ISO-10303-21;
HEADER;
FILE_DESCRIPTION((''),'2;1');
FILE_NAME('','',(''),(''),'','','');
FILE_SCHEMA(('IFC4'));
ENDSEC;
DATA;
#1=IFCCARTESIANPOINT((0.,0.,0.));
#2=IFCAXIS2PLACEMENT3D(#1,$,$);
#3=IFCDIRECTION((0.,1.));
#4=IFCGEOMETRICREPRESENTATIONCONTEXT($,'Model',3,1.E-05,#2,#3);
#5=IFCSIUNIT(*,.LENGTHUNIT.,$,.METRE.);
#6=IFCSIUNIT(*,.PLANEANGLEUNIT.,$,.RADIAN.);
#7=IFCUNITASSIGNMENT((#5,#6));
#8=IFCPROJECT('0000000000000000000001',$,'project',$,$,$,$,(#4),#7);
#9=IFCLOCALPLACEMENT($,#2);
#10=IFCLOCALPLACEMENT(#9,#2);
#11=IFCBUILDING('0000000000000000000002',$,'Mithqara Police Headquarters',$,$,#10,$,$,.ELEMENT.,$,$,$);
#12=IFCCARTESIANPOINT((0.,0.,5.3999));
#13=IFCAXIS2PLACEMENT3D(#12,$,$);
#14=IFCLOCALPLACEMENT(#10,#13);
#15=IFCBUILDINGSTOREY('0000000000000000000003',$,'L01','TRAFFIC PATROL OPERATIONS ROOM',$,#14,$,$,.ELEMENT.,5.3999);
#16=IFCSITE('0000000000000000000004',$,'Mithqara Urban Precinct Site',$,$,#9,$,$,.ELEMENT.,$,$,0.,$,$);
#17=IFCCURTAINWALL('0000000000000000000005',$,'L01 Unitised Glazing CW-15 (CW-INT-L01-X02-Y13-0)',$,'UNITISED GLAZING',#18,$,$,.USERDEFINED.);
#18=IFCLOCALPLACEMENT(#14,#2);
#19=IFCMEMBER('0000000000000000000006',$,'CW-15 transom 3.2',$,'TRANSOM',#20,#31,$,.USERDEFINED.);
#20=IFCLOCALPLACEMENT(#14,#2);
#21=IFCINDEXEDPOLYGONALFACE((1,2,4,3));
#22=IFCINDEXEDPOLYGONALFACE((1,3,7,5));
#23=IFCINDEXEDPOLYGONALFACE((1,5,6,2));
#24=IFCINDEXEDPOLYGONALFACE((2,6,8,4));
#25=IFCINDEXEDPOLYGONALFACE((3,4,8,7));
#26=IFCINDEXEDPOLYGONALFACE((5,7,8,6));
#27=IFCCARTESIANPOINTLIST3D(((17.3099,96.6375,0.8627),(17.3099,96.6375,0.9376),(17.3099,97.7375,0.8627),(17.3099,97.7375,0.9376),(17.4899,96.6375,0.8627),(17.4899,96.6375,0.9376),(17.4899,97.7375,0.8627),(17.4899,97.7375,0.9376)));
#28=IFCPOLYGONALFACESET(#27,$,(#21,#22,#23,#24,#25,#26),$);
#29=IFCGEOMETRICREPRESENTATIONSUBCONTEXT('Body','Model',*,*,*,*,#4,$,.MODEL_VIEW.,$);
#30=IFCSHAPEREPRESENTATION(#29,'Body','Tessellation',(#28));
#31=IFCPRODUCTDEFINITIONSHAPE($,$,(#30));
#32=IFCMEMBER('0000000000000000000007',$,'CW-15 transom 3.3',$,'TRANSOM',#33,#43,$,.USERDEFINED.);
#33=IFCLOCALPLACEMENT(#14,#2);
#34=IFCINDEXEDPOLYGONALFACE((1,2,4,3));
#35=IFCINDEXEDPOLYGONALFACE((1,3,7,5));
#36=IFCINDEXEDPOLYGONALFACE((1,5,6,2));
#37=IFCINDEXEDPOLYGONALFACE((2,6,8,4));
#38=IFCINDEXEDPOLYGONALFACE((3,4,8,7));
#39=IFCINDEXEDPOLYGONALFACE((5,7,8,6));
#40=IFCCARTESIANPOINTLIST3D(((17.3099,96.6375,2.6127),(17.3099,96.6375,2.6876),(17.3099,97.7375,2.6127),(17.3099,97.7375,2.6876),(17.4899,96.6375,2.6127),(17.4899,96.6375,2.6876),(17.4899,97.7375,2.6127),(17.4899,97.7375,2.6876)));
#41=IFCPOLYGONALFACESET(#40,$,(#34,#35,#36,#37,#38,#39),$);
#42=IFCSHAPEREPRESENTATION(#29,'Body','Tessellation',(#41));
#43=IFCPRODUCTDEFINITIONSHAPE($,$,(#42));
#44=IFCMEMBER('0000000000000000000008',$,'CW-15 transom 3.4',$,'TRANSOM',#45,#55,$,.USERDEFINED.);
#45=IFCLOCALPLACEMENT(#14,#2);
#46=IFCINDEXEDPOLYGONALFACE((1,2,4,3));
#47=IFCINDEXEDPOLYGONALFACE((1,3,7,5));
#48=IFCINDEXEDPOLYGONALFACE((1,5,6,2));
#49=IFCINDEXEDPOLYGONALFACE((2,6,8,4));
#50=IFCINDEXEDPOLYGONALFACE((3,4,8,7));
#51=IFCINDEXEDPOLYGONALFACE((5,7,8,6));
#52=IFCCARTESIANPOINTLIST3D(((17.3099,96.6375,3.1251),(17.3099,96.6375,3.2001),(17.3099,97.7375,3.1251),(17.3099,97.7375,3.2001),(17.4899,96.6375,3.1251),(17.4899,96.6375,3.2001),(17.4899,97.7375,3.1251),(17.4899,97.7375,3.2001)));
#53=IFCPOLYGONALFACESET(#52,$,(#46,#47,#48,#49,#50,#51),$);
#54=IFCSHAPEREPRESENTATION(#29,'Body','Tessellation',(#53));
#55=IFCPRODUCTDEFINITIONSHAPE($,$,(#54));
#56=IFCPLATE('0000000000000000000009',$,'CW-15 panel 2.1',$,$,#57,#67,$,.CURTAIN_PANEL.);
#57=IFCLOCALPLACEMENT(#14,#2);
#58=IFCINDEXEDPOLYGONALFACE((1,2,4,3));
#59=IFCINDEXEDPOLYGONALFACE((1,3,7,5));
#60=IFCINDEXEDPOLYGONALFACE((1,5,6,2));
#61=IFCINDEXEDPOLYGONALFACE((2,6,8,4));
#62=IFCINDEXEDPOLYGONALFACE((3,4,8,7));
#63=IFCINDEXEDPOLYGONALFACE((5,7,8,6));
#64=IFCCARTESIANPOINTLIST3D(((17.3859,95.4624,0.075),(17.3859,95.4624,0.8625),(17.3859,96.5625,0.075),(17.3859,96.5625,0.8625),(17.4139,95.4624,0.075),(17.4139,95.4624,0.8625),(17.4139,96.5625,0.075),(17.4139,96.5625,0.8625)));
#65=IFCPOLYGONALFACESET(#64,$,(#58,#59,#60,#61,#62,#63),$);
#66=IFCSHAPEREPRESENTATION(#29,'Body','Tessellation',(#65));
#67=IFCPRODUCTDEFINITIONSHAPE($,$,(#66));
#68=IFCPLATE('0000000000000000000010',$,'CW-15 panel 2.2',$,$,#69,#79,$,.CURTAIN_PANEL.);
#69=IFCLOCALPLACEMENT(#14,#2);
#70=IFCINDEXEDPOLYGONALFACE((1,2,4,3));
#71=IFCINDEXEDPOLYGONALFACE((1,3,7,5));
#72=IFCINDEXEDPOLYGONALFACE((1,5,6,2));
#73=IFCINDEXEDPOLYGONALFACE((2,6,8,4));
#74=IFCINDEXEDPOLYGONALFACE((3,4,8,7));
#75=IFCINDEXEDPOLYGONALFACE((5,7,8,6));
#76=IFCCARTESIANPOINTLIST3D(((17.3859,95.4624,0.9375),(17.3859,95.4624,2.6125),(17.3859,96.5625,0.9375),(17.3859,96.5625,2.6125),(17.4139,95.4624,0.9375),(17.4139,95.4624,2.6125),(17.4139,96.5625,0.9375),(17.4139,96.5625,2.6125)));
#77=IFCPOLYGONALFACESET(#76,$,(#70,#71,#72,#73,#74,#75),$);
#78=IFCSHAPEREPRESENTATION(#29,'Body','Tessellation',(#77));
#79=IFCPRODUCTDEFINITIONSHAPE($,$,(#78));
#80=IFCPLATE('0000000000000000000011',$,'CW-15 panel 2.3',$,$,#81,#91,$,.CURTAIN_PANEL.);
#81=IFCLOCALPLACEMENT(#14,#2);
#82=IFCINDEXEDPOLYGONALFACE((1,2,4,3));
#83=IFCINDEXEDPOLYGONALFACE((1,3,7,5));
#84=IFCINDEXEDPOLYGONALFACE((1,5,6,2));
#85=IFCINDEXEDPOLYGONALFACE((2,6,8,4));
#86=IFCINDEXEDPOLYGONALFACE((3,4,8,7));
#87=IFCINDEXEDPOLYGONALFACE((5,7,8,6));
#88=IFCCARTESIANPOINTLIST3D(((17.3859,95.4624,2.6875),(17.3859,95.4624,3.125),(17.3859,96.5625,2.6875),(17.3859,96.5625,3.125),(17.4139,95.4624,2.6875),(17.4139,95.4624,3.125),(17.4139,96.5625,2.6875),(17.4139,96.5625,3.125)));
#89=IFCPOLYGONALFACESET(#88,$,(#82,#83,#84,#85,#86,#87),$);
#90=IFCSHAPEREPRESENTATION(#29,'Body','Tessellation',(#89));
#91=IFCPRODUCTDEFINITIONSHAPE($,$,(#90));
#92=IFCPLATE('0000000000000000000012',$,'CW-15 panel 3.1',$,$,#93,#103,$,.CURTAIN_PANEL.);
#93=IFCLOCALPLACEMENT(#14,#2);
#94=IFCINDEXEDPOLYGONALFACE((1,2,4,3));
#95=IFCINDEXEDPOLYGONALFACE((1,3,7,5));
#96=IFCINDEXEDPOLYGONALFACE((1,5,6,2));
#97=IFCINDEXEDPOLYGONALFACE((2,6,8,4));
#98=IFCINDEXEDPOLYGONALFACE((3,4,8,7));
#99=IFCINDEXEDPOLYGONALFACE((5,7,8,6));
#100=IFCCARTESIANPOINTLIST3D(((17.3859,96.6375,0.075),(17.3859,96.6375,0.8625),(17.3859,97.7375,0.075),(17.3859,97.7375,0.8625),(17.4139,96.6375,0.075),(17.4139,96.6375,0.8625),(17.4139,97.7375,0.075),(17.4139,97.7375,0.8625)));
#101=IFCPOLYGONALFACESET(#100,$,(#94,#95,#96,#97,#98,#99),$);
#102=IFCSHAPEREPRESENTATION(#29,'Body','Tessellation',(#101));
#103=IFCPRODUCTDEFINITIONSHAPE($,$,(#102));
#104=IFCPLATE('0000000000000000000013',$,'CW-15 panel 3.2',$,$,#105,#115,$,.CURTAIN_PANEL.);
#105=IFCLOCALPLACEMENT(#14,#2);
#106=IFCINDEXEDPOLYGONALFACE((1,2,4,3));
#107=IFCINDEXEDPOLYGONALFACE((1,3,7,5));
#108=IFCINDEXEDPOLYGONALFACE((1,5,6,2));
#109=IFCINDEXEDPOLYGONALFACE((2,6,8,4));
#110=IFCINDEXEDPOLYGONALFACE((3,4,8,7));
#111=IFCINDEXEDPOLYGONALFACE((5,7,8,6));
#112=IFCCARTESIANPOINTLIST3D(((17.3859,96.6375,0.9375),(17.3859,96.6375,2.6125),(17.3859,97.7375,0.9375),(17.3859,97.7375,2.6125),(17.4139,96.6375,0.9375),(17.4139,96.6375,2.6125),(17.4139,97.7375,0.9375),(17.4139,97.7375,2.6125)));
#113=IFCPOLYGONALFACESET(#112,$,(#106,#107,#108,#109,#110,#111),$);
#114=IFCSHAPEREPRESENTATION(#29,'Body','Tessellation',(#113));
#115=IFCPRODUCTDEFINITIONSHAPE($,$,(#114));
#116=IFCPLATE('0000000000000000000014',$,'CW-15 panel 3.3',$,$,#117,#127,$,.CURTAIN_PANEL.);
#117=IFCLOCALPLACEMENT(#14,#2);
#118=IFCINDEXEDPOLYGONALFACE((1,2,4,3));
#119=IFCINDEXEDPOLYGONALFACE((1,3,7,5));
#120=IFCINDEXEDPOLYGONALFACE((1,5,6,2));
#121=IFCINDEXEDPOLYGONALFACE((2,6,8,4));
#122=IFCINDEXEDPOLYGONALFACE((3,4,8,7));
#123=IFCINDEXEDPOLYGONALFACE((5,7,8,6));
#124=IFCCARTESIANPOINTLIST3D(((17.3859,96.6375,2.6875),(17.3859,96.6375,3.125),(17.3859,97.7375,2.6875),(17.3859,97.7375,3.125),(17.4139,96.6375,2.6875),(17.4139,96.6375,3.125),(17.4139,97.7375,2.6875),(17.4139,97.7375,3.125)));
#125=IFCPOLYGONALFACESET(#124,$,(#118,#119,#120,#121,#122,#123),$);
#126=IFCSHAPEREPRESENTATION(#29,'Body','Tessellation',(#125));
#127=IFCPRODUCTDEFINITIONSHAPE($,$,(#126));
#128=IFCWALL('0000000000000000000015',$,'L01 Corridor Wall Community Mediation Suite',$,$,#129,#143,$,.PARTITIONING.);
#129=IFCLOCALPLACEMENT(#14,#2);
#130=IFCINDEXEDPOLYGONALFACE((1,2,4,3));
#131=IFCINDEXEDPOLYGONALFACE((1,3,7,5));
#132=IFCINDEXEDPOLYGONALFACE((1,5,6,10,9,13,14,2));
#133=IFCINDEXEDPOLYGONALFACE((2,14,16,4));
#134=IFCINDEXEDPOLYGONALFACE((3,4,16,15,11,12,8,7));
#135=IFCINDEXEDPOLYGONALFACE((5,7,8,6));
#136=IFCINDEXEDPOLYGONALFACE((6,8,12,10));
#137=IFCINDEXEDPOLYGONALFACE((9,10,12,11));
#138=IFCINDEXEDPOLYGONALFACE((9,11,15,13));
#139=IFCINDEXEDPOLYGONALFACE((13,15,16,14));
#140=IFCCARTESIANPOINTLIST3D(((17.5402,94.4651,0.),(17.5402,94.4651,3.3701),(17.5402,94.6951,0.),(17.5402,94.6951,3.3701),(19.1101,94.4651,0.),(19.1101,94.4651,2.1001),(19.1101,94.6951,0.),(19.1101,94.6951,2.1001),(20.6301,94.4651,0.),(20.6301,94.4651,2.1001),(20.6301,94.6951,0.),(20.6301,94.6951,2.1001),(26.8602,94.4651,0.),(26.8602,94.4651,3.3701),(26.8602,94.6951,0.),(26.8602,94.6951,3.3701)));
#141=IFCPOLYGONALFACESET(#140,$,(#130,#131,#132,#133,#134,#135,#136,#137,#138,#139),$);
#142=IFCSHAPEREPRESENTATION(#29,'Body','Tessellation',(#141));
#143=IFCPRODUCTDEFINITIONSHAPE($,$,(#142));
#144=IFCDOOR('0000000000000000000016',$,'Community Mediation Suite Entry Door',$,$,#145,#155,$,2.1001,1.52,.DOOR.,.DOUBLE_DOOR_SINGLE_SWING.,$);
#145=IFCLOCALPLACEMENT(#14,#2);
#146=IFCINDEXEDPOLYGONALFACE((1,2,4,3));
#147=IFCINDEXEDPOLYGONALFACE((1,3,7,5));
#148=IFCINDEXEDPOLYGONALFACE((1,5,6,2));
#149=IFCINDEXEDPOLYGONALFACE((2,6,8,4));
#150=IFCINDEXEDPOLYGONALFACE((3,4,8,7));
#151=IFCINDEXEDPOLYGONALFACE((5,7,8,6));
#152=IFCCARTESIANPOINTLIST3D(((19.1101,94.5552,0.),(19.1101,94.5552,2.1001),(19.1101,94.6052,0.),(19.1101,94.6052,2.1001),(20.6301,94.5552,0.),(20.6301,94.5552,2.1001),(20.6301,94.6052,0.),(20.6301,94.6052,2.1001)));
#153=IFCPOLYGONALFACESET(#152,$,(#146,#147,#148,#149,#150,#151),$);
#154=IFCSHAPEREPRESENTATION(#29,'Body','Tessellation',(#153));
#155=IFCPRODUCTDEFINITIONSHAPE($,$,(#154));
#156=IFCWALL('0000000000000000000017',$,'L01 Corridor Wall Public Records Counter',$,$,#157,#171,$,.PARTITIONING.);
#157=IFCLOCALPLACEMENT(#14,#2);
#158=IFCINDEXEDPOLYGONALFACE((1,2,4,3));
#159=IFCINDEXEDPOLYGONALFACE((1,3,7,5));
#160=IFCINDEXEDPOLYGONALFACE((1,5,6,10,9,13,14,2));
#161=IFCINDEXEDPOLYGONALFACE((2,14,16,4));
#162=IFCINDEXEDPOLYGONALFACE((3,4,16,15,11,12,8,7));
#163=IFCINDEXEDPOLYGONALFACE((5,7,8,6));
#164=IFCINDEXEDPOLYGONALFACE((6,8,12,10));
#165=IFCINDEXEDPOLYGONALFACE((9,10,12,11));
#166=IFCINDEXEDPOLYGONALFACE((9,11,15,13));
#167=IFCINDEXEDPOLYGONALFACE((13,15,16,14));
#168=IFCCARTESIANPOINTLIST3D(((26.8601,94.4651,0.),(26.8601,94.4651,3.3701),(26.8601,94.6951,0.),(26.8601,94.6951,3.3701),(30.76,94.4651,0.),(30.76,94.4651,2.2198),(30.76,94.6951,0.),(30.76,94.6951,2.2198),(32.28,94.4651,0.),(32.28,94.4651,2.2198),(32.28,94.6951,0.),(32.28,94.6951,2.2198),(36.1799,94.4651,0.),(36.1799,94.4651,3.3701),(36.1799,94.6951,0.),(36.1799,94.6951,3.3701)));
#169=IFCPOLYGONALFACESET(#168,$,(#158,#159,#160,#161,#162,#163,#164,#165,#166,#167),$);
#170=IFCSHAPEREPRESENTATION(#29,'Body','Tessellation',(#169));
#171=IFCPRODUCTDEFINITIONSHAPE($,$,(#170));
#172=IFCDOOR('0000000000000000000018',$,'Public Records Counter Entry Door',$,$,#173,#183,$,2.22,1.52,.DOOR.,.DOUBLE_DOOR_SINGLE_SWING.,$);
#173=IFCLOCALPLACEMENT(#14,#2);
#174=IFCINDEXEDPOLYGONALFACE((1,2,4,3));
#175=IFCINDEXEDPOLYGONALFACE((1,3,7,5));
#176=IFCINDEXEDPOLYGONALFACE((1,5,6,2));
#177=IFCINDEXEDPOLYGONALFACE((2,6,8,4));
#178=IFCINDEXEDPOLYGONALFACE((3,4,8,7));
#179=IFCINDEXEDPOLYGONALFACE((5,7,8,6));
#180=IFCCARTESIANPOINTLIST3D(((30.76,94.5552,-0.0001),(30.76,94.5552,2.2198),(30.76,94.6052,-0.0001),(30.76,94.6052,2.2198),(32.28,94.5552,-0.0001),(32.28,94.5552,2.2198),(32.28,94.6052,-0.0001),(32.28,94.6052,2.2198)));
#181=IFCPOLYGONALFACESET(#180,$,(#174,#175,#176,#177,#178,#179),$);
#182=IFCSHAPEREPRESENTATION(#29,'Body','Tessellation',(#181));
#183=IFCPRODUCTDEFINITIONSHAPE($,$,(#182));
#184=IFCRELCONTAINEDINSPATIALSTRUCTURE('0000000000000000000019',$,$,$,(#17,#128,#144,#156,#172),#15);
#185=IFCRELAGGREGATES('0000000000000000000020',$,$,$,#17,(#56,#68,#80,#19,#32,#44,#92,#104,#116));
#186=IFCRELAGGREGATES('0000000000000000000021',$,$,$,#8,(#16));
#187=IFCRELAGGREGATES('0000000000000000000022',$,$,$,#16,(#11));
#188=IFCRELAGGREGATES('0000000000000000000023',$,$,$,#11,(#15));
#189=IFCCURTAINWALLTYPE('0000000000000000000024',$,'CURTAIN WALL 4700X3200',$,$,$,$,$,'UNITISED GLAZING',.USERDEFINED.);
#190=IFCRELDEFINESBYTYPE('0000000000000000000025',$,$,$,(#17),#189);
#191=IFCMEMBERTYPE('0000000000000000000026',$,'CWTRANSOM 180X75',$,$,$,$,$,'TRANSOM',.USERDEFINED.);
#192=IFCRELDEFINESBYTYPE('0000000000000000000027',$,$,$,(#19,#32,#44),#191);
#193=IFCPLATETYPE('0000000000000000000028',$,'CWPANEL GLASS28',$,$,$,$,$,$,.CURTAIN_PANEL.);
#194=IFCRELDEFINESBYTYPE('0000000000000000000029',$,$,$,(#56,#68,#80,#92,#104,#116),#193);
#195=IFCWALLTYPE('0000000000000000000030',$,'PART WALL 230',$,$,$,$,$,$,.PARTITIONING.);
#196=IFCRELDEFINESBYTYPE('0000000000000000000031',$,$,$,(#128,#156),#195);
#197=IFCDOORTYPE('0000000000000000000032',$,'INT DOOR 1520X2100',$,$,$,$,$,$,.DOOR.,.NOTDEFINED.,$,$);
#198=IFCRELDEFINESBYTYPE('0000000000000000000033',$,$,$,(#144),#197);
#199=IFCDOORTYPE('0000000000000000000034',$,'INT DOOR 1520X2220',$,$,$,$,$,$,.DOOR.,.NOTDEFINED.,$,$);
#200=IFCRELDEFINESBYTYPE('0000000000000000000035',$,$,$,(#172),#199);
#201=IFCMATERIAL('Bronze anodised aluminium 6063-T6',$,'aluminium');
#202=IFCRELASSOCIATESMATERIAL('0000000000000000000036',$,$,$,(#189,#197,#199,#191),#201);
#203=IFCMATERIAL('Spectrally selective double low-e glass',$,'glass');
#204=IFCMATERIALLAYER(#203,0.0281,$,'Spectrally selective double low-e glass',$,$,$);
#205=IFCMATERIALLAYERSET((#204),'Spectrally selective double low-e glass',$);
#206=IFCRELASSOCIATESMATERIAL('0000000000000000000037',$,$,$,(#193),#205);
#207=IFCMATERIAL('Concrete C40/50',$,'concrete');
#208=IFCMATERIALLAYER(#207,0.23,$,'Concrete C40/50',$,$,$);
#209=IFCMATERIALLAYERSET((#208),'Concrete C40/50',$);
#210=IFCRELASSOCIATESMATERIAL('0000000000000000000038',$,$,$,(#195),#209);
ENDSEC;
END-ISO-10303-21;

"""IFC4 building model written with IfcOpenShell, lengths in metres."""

from ifc_helpers import new_model, si_unit, direction, frame, frame_2d, origin, origin_2d, place, context, subcontext, project, spatial, rectangle, extrude, material, layer, layer_set, material_profile, profile_set, type_object, element, fill, aggregate, save


model = new_model("IFC4")

# Units and contexts
model_context = context("Model", 3, precision=1e-05, world=origin(), true_north=direction((0.0, 1.0)))
body_context = subcontext(model_context, "Body", "Model", "MODEL_VIEW")
ifc_project = project(units=[si_unit("LENGTHUNIT", "METRE"), si_unit("PLANEANGLEUNIT", "RADIAN")], contexts=[model_context])

# Site, building, storey
site_placement = place(None, origin())
site = spatial("IfcSite", under=ifc_project, at=site_placement, Name="Mithqara Urban Precinct Site", CompositionType="ELEMENT", RefElevation=0.0)
building_placement = place(site_placement, origin())
building = spatial("IfcBuilding", under=site, at=building_placement, Name="Mithqara Police Headquarters", CompositionType="ELEMENT")
storey_placement = place(building_placement, frame((0.0, 0.0, 5.3999)))
storey = spatial("IfcBuildingStorey", under=building, at=storey_placement, Name="L01", Description="TRAFFIC PATROL OPERATIONS ROOM", CompositionType="ELEMENT", Elevation=5.3999)

# Curtain wall, members, plates
ifc_material_1 = material(Name="Bronze anodised aluminium 6063-T6", Category="aluminium")
curtain_wall_type = type_object("IfcCurtainWallType", Name="CURTAIN WALL 4700X3200", ElementType="UNITISED GLAZING", PredefinedType="USERDEFINED", material=ifc_material_1)
curtain_wall_placement = place(storey_placement, origin())
curtain_wall = element("IfcCurtainWall", 1, at=curtain_wall_placement, inside=storey, type_object=curtain_wall_type, Name="L01 Unitised Glazing CW-15 (CW-INT-L01-X02-Y13-0)", ObjectType="UNITISED GLAZING", PredefinedType="USERDEFINED")
ifc_material_profile_1 = material_profile(ifc_material_1, rectangle(XDim=0.1799, YDim=0.075, at=origin_2d()), Name="CWT 180x75")
ifc_profile_set_1 = profile_set([ifc_material_profile_1], Name="Bronze anodised aluminium 6063-T6")
member_type_1 = type_object("IfcMemberType", Name="CWTRANSOM 180X75", ElementType="TRANSOM", PredefinedType="USERDEFINED", material=ifc_profile_set_1)
member_1_placement = place(storey_placement, frame((17.3999, 96.6375, 0.9001), z_axis=(0.0, 1.0, 0.0), x_axis=(-1.0, 0.0, 0.0)))
member_1 = element("IfcMember", 2, at=member_1_placement, type_object=member_type_1, Name="CW-15 transom 3.2", ObjectType="TRANSOM", PredefinedType="USERDEFINED", context=body_context, shape_type="SweptSolid", body=[
    extrude(rectangle(XDim=0.1799, YDim=0.075, at=origin_2d()), origin(), (0.0, 0.0, 1.0), 1.1001),
])
member_2_placement = place(storey_placement, frame((17.3999, 96.6375, 2.6501), z_axis=(0.0, 1.0, 0.0), x_axis=(-1.0, 0.0, 0.0)))
member_2 = element("IfcMember", 3, at=member_2_placement, type_object=member_type_1, Name="CW-15 transom 3.3", ObjectType="TRANSOM", PredefinedType="USERDEFINED", context=body_context, shape_type="SweptSolid", body=[
    extrude(rectangle(XDim=0.1799, YDim=0.075, at=origin_2d()), origin(), (0.0, 0.0, 1.0), 1.1001),
])
member_3_placement = place(storey_placement, frame((17.3999, 96.6375, 3.1626), z_axis=(0.0, 1.0, 0.0), x_axis=(-1.0, 0.0, 0.0)))
member_3 = element("IfcMember", 4, at=member_3_placement, type_object=member_type_1, Name="CW-15 transom 3.4", ObjectType="TRANSOM", PredefinedType="USERDEFINED", context=body_context, shape_type="SweptSolid", body=[
    extrude(rectangle(XDim=0.1799, YDim=0.075, at=origin_2d()), origin(), (0.0, 0.0, 1.0), 1.1001),
])
ifc_material_2 = material(Name="Spectrally selective double low-e glass", Category="glass")
ifc_layer_1 = layer(ifc_material_2, 0.0281, Name="Spectrally selective double low-e glass")
ifc_layer_set_1 = layer_set([ifc_layer_1], Name="Spectrally selective double low-e glass")
plate_type = type_object("IfcPlateType", Name="CWPANEL GLASS28", PredefinedType="CURTAIN_PANEL", material=ifc_layer_set_1)
plate_1_placement = place(storey_placement, frame((17.3999, 96.0125, 0.075), z_axis=(0.0, 0.0, 1.0), x_axis=(0.0, 1.0, 0.0)))
plate_1 = element("IfcPlate", 5, at=plate_1_placement, type_object=plate_type, Name="CW-15 panel 2.1", PredefinedType="CURTAIN_PANEL", context=body_context, shape_type="SweptSolid", body=[
    extrude(rectangle(XDim=1.1001, YDim=0.0281, at=origin_2d()), origin(), (0.0, 0.0, 1.0), 0.7876),
])
plate_2_placement = place(storey_placement, frame((17.3999, 96.0125, 0.9375), z_axis=(0.0, 0.0, 1.0), x_axis=(0.0, 1.0, 0.0)))
plate_2 = element("IfcPlate", 6, at=plate_2_placement, type_object=plate_type, Name="CW-15 panel 2.2", PredefinedType="CURTAIN_PANEL", context=body_context, shape_type="SweptSolid", body=[
    extrude(rectangle(XDim=1.1001, YDim=0.0281, at=origin_2d()), origin(), (0.0, 0.0, 1.0), 1.675),
])
plate_3_placement = place(storey_placement, frame((17.3999, 96.0125, 2.6875), z_axis=(0.0, 0.0, 1.0), x_axis=(0.0, 1.0, 0.0)))
plate_3 = element("IfcPlate", 7, at=plate_3_placement, type_object=plate_type, Name="CW-15 panel 2.3", PredefinedType="CURTAIN_PANEL", context=body_context, shape_type="SweptSolid", body=[
    extrude(rectangle(XDim=1.1001, YDim=0.0281, at=origin_2d()), origin(), (0.0, 0.0, 1.0), 0.4375),
])
plate_4_placement = place(storey_placement, frame((17.3999, 97.1875, 0.075), z_axis=(0.0, 0.0, 1.0), x_axis=(0.0, 1.0, 0.0)))
plate_4 = element("IfcPlate", 8, at=plate_4_placement, type_object=plate_type, Name="CW-15 panel 3.1", PredefinedType="CURTAIN_PANEL", context=body_context, shape_type="SweptSolid", body=[
    extrude(rectangle(XDim=1.1001, YDim=0.0281, at=origin_2d()), origin(), (0.0, 0.0, 1.0), 0.7876),
])
plate_5_placement = place(storey_placement, frame((17.3999, 97.1875, 0.9375), z_axis=(0.0, 0.0, 1.0), x_axis=(0.0, 1.0, 0.0)))
plate_5 = element("IfcPlate", 9, at=plate_5_placement, type_object=plate_type, Name="CW-15 panel 3.2", PredefinedType="CURTAIN_PANEL", context=body_context, shape_type="SweptSolid", body=[
    extrude(rectangle(XDim=1.1001, YDim=0.0281, at=origin_2d()), origin(), (0.0, 0.0, 1.0), 1.675),
])
plate_6_placement = place(storey_placement, frame((17.3999, 97.1875, 2.6875), z_axis=(0.0, 0.0, 1.0), x_axis=(0.0, 1.0, 0.0)))
plate_6 = element("IfcPlate", 10, at=plate_6_placement, type_object=plate_type, Name="CW-15 panel 3.3", PredefinedType="CURTAIN_PANEL", context=body_context, shape_type="SweptSolid", body=[
    extrude(rectangle(XDim=1.1001, YDim=0.0281, at=origin_2d()), origin(), (0.0, 0.0, 1.0), 0.4375),
])
aggregate(curtain_wall, [plate_1, plate_2, plate_3, member_1, member_2, member_3, plate_4, plate_5, plate_6])

# Walls, openings, doors
ifc_material_3 = material(Name="Concrete C40/50", Category="concrete")
ifc_layer_2 = layer(ifc_material_3, 0.23, Name="Concrete C40/50")
ifc_layer_set_2 = layer_set([ifc_layer_2], Name="Concrete C40/50")
wall_type = type_object("IfcWallType", Name="PART WALL 230", PredefinedType="PARTITIONING", material=ifc_layer_set_2)
wall_1_placement = place(storey_placement, frame((17.54, 94.5801, 0.0), z_axis=(0.0, 0.0, 1.0), x_axis=(1.0, 0.0, 0.0)))
wall_1 = element("IfcWall", 11, at=wall_1_placement, inside=storey, type_object=wall_type, Name="L01 Corridor Wall Community Mediation Suite", PredefinedType="PARTITIONING", context=body_context, shape_type="SweptSolid", body=[
    extrude(rectangle(XDim=9.3201, YDim=0.23, at=frame_2d((4.6602, 0.0))), origin(), (0.0, 0.0, 1.0), 3.3701),
])
opening_1_placement = place(wall_1_placement, frame((1.5701, 0.0, 0.0)))
opening_1 = element("IfcOpeningElement", 12, at=opening_1_placement, cuts=wall_1, PredefinedType="OPENING", context=body_context, shape_type="SweptSolid", body=[
    extrude(rectangle(XDim=1.52, YDim=2.1001, at=frame_2d((0.76, 1.05))), frame((0.0, 0.125, 0.0), z_axis=(0.0, -1.0, 0.0), x_axis=(1.0, 0.0, 0.0)), (0.0, 0.0, 1.0), 0.25),
])
door_type_1 = type_object("IfcDoorType", Name="INT DOOR 1520X2100", OperationType="NOTDEFINED", PredefinedType="DOOR", material=ifc_material_1)
door_1_placement = place(opening_1_placement, frame((1.52, 0.0, 0.0), z_axis=(0.0, 0.0, 1.0), x_axis=(-1.0, 0.0, 0.0)))
door_1 = element("IfcDoor", 13, at=door_1_placement, inside=storey, type_object=door_type_1, Name="Community Mediation Suite Entry Door", OperationType="DOUBLE_DOOR_SINGLE_SWING", OverallHeight=2.1001, OverallWidth=1.52, PredefinedType="DOOR", context=body_context, shape_type="SweptSolid", body=[
    extrude(rectangle(XDim=1.52, YDim=2.1001, at=frame_2d((0.76, 1.05))), frame((0.0, 0.0249, 0.0), z_axis=(0.0, -1.0, 0.0), x_axis=(1.0, 0.0, 0.0)), (0.0, 0.0, 1.0), 0.05),
])
fill(opening_1, door_1)
wall_2_placement = place(storey_placement, frame((26.8601, 94.5801, 0.0), z_axis=(0.0, 0.0, 1.0), x_axis=(1.0, 0.0, 0.0)))
wall_2 = element("IfcWall", 14, at=wall_2_placement, inside=storey, type_object=wall_type, Name="L01 Corridor Wall Public Records Counter", PredefinedType="PARTITIONING", context=body_context, shape_type="SweptSolid", body=[
    extrude(rectangle(XDim=9.3198, YDim=0.23, at=frame_2d((4.6599, 0.0))), origin(), (0.0, 0.0, 1.0), 3.3701),
])
opening_2_placement = place(wall_2_placement, frame((3.8999, 0.0, 0.0)))
opening_2 = element("IfcOpeningElement", 15, at=opening_2_placement, cuts=wall_2, PredefinedType="OPENING", context=body_context, shape_type="SweptSolid", body=[
    extrude(rectangle(XDim=1.52, YDim=2.22, at=frame_2d((0.76, 1.1099))), frame((0.0, 0.125, 0.0), z_axis=(0.0, -1.0, 0.0), x_axis=(1.0, 0.0, 0.0)), (0.0, 0.0, 1.0), 0.25),
])
door_type_2 = type_object("IfcDoorType", Name="INT DOOR 1520X2220", OperationType="NOTDEFINED", PredefinedType="DOOR", material=ifc_material_1)
door_2_placement = place(opening_2_placement, frame((1.52, 0.0, 0.0), z_axis=(0.0, 0.0, 1.0), x_axis=(-1.0, 0.0, 0.0)))
door_2 = element("IfcDoor", 16, at=door_2_placement, inside=storey, type_object=door_type_2, Name="Public Records Counter Entry Door", OperationType="DOUBLE_DOOR_SINGLE_SWING", OverallHeight=2.22, OverallWidth=1.52, PredefinedType="DOOR", context=body_context, shape_type="SweptSolid", body=[
    extrude(rectangle(XDim=1.52, YDim=2.22, at=frame_2d((0.76, 1.1099))), frame((0.0, 0.0249, 0.0), z_axis=(0.0, -1.0, 0.0), x_axis=(1.0, 0.0, 0.0)), (0.0, 0.0, 1.0), 0.05),
])
fill(opening_2, door_2)

save(model, "model.ifc")
